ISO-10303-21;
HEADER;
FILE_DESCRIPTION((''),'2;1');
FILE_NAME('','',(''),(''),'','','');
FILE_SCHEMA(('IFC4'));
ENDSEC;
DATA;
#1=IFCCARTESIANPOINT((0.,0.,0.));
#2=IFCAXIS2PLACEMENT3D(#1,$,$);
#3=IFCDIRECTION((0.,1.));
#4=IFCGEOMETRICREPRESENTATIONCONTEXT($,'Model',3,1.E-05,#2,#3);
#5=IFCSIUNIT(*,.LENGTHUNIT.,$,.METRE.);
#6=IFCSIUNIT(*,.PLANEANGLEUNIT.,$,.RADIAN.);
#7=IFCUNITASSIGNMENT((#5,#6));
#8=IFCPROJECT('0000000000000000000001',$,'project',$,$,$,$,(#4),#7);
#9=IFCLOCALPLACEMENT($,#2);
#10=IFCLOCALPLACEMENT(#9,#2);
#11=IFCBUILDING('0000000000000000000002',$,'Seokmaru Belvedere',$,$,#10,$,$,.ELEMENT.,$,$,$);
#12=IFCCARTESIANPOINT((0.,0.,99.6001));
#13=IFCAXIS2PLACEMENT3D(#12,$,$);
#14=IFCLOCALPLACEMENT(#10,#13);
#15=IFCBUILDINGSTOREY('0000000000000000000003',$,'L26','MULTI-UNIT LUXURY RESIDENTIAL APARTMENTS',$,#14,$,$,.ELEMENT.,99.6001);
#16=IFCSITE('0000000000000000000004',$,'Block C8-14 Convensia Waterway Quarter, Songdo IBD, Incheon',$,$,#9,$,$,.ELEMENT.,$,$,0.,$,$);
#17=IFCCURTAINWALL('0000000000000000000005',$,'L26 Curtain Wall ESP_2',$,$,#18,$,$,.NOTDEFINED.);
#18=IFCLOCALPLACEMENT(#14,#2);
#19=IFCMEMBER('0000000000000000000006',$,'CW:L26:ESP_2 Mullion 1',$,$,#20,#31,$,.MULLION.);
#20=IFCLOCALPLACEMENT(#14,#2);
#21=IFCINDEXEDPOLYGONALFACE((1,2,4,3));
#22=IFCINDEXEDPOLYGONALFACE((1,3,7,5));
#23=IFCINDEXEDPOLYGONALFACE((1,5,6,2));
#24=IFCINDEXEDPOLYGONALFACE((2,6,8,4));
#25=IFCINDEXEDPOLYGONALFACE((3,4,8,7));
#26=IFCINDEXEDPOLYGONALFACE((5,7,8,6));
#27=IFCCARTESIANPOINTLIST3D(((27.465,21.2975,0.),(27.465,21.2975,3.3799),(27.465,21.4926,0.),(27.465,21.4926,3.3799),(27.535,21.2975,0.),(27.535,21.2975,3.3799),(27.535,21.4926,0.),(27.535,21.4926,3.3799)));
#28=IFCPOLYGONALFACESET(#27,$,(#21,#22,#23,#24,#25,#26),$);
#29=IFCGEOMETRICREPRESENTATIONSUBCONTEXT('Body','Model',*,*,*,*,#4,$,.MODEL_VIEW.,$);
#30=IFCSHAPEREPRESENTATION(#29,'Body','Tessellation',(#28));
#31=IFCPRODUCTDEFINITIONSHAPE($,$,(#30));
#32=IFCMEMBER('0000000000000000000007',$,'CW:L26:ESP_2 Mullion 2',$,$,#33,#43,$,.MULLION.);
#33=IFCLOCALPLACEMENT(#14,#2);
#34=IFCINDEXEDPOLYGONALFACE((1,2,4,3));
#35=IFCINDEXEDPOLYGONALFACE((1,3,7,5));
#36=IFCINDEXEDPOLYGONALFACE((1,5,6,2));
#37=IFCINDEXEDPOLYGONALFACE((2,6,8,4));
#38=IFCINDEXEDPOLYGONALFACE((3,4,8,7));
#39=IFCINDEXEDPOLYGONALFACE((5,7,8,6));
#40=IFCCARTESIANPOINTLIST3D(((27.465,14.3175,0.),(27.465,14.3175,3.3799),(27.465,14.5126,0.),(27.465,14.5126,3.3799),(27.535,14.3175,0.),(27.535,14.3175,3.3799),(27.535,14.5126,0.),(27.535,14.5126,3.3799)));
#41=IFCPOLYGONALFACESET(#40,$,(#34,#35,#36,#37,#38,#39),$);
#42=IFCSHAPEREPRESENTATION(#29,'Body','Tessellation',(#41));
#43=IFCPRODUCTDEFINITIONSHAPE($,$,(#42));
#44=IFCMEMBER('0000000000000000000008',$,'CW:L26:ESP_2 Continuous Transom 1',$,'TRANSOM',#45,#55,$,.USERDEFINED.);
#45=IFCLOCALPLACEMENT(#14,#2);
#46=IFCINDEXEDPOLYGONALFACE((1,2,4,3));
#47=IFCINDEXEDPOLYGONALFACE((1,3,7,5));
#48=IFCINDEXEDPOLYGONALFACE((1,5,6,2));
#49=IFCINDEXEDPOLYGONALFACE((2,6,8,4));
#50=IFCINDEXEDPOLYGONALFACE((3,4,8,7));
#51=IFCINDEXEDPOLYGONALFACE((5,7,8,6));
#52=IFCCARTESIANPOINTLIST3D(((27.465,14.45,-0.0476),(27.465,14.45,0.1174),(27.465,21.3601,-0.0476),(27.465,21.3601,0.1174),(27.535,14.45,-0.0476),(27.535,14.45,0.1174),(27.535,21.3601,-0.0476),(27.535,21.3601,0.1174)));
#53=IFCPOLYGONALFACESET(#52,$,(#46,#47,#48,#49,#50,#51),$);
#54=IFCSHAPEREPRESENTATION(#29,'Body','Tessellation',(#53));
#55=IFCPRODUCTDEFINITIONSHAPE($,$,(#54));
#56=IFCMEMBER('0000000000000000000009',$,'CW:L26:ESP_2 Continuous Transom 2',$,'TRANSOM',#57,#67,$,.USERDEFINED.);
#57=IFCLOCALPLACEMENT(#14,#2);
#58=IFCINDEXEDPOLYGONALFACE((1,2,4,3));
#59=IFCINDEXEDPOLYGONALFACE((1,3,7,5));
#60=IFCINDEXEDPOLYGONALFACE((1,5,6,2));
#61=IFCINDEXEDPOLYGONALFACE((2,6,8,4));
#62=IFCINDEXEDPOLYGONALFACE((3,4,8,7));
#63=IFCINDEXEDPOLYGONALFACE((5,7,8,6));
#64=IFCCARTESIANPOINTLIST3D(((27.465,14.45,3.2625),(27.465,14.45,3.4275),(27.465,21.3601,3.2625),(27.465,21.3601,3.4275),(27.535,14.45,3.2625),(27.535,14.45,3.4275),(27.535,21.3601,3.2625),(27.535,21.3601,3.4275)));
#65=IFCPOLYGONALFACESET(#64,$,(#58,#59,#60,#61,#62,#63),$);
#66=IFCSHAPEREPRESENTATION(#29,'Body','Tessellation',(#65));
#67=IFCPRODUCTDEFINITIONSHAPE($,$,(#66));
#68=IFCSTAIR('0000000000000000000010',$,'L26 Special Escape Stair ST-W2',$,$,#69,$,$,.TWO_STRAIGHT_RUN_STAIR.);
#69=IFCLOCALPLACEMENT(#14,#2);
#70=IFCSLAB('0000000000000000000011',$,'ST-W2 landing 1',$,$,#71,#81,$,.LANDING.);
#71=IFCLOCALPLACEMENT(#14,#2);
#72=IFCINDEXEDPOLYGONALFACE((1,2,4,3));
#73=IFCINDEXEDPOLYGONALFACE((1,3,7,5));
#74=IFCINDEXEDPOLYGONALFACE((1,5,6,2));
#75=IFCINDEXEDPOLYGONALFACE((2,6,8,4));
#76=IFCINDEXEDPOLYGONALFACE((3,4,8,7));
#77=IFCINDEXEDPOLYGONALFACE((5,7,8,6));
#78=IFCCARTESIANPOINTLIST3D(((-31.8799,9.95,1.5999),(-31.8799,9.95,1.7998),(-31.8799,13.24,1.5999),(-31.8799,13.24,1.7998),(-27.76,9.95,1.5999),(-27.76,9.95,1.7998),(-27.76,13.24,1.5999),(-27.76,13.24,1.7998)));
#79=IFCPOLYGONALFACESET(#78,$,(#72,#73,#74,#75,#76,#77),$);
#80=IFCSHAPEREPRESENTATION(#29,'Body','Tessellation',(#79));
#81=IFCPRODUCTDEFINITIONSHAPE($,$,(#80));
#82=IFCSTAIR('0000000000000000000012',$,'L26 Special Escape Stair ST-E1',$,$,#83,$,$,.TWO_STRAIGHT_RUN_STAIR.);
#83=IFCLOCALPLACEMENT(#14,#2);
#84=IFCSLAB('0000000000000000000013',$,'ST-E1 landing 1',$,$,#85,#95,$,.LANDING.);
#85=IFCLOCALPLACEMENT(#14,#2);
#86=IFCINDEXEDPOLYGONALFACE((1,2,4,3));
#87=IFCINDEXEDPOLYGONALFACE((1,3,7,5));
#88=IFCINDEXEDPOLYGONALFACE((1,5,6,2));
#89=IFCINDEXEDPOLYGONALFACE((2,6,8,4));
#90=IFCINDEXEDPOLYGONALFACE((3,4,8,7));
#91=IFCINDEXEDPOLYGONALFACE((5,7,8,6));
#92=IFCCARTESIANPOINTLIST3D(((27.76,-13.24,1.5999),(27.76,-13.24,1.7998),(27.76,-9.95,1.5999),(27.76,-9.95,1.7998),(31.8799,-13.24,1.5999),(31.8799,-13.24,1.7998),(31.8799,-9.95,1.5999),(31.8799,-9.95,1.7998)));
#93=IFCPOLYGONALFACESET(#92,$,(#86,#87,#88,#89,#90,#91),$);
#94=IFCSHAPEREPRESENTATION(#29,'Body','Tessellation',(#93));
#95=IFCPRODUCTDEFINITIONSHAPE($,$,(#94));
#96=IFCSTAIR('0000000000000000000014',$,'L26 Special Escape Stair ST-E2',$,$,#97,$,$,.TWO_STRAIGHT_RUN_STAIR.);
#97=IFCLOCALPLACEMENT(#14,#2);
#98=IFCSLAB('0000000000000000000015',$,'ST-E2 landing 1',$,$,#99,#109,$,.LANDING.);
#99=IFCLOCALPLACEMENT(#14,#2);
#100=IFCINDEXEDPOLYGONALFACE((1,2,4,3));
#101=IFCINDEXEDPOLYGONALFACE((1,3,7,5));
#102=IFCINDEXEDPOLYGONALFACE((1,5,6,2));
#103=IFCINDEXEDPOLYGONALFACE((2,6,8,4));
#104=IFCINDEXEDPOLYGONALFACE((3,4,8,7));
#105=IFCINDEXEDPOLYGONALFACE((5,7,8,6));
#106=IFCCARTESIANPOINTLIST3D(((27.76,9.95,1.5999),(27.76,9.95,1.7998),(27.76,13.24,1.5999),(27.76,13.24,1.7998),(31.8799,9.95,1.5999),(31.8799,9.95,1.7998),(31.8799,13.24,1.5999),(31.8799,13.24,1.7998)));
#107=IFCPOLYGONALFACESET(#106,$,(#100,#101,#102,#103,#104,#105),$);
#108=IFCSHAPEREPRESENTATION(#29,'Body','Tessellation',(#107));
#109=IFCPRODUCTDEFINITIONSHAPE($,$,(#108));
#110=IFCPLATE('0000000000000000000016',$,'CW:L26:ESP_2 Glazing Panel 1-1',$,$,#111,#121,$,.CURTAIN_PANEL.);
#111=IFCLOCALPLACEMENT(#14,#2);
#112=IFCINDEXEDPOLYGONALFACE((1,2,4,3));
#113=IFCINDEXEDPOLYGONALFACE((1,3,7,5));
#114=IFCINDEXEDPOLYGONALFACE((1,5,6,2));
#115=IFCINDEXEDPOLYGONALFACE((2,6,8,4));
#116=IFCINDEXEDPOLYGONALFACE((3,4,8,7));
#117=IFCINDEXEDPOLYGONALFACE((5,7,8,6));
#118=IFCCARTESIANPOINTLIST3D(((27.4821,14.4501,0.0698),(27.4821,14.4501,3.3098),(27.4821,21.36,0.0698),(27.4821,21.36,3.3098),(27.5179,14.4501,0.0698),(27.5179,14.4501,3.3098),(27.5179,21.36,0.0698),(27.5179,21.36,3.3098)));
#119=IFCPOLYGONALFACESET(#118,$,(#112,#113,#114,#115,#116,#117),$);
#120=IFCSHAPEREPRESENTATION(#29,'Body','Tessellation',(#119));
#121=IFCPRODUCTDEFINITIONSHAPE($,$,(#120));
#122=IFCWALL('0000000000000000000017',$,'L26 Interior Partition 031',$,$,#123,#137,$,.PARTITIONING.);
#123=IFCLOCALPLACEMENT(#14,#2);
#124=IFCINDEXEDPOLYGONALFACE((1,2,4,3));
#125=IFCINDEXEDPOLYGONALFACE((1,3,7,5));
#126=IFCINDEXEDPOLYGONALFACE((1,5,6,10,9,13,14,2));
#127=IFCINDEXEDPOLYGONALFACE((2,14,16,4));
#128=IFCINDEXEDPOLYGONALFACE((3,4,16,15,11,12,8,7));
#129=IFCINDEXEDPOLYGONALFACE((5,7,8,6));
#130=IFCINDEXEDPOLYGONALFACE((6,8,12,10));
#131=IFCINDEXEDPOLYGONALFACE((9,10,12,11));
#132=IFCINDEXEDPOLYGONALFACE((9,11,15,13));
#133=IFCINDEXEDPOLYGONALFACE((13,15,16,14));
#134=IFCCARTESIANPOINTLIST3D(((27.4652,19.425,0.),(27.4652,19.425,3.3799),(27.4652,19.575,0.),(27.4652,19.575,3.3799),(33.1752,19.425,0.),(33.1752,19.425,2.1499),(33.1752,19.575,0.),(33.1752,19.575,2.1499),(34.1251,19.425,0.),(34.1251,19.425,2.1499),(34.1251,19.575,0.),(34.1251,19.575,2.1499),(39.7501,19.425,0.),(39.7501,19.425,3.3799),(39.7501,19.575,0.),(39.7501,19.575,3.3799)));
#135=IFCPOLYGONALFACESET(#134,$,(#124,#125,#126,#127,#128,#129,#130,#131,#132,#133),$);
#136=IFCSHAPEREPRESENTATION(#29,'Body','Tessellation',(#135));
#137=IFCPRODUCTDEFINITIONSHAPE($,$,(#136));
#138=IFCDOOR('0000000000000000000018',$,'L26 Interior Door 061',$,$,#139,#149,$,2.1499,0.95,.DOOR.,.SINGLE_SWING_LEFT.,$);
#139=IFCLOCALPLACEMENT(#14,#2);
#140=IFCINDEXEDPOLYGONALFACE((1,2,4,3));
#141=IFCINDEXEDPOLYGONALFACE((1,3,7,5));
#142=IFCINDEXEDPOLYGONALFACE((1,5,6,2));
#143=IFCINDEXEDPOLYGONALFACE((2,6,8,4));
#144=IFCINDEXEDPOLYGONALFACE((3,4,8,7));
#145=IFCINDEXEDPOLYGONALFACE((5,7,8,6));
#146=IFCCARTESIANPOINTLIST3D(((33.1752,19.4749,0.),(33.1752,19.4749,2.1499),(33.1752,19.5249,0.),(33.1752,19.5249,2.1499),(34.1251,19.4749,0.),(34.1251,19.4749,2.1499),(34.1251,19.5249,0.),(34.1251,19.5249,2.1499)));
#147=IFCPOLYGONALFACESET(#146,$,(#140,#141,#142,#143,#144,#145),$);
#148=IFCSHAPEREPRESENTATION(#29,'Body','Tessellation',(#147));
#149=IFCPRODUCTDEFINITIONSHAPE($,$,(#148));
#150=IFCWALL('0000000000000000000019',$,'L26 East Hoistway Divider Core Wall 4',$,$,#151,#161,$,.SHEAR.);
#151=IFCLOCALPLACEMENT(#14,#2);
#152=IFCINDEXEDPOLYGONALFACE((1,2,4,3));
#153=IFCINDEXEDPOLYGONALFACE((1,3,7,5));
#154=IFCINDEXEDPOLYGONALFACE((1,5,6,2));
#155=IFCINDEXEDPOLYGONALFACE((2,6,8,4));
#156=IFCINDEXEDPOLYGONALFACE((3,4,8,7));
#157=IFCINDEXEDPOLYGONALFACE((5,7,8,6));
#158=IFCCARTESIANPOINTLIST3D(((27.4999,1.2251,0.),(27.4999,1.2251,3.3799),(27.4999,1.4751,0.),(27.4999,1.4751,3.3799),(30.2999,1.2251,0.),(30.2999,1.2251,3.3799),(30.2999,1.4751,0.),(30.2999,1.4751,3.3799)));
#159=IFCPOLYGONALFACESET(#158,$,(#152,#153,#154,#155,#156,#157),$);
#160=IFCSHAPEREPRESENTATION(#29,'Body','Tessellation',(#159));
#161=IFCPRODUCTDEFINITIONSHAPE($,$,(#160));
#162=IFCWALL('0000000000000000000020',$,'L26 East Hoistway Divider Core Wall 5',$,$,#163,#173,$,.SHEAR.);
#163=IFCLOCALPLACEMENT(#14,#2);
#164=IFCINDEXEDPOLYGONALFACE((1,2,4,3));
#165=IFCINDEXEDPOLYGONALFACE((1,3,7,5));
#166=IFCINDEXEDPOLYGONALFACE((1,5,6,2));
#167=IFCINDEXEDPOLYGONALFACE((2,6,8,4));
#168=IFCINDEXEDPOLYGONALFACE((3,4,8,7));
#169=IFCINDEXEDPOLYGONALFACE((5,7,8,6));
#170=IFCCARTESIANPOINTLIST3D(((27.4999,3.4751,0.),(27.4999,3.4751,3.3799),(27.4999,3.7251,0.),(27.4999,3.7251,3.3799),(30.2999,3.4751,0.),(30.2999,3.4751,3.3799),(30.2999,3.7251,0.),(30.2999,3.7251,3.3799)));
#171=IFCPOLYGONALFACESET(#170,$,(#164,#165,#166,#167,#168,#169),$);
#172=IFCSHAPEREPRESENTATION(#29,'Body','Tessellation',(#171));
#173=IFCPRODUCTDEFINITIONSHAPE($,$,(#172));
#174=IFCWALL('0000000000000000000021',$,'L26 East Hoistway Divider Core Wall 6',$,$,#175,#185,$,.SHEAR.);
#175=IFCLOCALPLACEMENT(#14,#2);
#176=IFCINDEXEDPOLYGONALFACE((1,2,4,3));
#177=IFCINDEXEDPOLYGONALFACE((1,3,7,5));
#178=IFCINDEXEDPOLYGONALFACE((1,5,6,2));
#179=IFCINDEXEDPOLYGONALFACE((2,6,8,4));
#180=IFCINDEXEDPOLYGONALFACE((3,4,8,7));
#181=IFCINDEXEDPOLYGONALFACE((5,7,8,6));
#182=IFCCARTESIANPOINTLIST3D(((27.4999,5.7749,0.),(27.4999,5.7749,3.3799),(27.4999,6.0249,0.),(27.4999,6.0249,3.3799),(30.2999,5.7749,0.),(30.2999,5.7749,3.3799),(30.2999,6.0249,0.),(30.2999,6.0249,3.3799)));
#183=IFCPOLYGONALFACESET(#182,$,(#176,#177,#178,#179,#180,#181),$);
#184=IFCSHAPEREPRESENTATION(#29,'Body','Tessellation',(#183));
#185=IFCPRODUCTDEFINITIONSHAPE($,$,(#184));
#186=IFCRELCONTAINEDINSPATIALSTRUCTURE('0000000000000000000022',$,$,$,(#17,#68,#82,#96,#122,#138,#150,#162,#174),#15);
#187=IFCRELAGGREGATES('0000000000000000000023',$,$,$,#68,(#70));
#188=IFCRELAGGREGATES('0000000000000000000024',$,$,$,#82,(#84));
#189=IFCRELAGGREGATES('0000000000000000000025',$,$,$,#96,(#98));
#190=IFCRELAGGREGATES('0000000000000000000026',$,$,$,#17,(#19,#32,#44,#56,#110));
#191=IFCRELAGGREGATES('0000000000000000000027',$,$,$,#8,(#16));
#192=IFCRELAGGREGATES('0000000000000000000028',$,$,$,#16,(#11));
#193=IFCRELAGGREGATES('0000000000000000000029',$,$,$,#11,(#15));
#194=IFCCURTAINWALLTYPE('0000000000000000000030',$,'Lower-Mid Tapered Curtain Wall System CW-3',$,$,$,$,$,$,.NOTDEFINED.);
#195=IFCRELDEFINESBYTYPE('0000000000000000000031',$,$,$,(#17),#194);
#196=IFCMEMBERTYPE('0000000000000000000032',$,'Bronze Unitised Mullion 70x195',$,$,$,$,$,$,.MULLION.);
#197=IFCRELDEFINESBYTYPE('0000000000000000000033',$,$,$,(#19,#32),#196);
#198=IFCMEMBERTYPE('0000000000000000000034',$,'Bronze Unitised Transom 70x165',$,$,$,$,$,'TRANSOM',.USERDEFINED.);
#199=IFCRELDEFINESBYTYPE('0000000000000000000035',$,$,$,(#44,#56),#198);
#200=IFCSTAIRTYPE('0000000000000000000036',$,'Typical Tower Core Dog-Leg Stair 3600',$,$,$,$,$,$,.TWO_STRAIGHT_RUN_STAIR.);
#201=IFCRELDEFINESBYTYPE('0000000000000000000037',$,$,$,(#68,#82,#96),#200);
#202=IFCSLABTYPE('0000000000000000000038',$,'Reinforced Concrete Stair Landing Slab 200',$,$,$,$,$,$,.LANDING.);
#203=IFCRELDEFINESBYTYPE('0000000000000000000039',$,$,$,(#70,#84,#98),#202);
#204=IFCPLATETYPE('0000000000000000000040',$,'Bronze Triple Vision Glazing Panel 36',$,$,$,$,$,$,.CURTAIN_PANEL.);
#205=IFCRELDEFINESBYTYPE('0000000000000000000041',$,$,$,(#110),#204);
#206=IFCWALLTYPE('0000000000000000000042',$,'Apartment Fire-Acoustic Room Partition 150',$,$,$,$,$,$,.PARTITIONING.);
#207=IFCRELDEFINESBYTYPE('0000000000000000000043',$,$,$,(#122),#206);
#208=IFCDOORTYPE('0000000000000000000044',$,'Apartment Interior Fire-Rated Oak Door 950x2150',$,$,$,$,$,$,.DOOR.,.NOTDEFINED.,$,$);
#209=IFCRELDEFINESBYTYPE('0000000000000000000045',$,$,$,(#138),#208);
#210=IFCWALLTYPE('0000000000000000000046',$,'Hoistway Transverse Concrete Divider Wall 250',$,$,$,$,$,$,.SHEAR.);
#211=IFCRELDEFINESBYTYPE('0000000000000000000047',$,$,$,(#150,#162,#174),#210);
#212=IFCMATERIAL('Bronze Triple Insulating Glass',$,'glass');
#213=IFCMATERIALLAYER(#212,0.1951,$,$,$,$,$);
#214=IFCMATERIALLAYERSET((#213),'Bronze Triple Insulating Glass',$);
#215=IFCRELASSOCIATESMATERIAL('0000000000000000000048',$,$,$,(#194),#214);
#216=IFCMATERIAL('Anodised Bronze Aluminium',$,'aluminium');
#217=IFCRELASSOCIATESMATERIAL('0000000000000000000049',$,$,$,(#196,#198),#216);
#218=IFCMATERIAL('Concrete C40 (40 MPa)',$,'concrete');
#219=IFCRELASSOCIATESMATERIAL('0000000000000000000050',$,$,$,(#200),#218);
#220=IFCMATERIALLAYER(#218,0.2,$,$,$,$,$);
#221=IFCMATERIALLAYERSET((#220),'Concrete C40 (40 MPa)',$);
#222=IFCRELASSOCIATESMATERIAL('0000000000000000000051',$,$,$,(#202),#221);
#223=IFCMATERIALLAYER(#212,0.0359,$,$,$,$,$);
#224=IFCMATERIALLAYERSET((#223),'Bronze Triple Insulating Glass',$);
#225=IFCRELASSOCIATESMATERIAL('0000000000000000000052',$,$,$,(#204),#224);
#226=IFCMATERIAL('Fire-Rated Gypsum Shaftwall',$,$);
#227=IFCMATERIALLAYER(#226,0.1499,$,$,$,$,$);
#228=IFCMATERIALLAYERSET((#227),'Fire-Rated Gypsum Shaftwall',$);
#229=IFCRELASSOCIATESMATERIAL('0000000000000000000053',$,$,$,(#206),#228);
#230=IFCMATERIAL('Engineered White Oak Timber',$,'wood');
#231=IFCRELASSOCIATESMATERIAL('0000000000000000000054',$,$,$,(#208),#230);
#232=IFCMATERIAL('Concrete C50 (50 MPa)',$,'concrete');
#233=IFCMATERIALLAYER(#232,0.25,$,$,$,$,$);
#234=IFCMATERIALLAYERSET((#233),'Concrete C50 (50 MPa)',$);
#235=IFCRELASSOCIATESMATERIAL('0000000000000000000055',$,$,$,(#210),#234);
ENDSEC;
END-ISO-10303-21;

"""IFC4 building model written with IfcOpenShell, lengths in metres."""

from ifc_helpers import new_model, si_unit, direction, frame, frame_2d, origin, origin_2d, place, context, subcontext, project, spatial, polyline, rectangle, outline, extrude, source, transform, mapped, material, layer, layer_set, material_profile, profile_set, type_object, type_shapes, element, fill, aggregate, save


model = new_model("IFC4")

# Units and contexts
model_context = context("Model", 3, precision=1e-05, world=origin(), true_north=direction((0.0, 1.0)))
body_context = subcontext(model_context, "Body", "Model", "MODEL_VIEW")
ifc_project = project(units=[si_unit("LENGTHUNIT", "METRE"), si_unit("PLANEANGLEUNIT", "RADIAN")], contexts=[model_context])

# Site, building, storey
site_placement = place(None, origin())
site = spatial("IfcSite", under=ifc_project, at=site_placement, Name="Block C8-14 Convensia Waterway Quarter, Songdo IBD, Incheon", CompositionType="ELEMENT", RefElevation=0.0)
building_placement = place(site_placement, origin())
building = spatial("IfcBuilding", under=site, at=building_placement, Name="Seokmaru Belvedere", CompositionType="ELEMENT")
storey_placement = place(building_placement, frame((0.0, 0.0, 99.6001)))
storey = spatial("IfcBuildingStorey", under=building, at=storey_placement, Name="L26", Description="MULTI-UNIT LUXURY RESIDENTIAL APARTMENTS", CompositionType="ELEMENT", Elevation=99.6001)

# Curtain wall, members
ifc_material_1 = material(Name="Bronze Triple Insulating Glass", Category="glass")
ifc_layer_1 = layer(ifc_material_1, 0.1951)
ifc_layer_set_1 = layer_set([ifc_layer_1], Name="Bronze Triple Insulating Glass")
curtain_wall_type = type_object("IfcCurtainWallType", Name="Lower-Mid Tapered Curtain Wall System CW-3", PredefinedType="NOTDEFINED", material=ifc_layer_set_1)
curtain_wall_placement = place(storey_placement, origin())
curtain_wall = element("IfcCurtainWall", 1, at=curtain_wall_placement, inside=storey, type_object=curtain_wall_type, Name="L26 Curtain Wall ESP_2", PredefinedType="NOTDEFINED")
ifc_material_2 = material(Name="Anodised Bronze Aluminium", Category="aluminium")
ifc_material_profile_1 = material_profile(ifc_material_2, rectangle(XDim=0.0701, YDim=0.1951, at=origin_2d()), Name="CW-M-70x195")
ifc_profile_set_1 = profile_set([ifc_material_profile_1], Name="Anodised Bronze Aluminium")
member_type_1 = type_object("IfcMemberType", Name="Bronze Unitised Mullion 70x195", PredefinedType="MULLION", material=ifc_profile_set_1)
shared_shape_1 = source(origin(), body_context, "Body", "SweptSolid", [
    extrude(rectangle(XDim=0.0701, YDim=0.1951, at=origin_2d()), origin(), (0.0, 0.0, 1.0), 3.3799),
])
type_shapes(member_type_1, [shared_shape_1])
member_1_placement = place(storey_placement, frame((27.5, 21.395, 0.0), z_axis=(0.0, 0.0, 1.0), x_axis=(1.0, 0.0, 0.0)))
member_1 = element("IfcMember", 2, at=member_1_placement, type_object=member_type_1, Name="CW:L26:ESP_2 Mullion 1", PredefinedType="MULLION", context=body_context, shape_type="MappedRepresentation", body=[
    mapped(shared_shape_1, transform((0.0, 0.0, 0.0), scale=1.0)),
])
member_2_placement = place(storey_placement, frame((27.5, 14.415, 0.0), z_axis=(0.0, 0.0, 1.0), x_axis=(1.0, 0.0, 0.0)))
member_2 = element("IfcMember", 3, at=member_2_placement, type_object=member_type_1, Name="CW:L26:ESP_2 Mullion 2", PredefinedType="MULLION", context=body_context, shape_type="MappedRepresentation", body=[
    mapped(shared_shape_1, transform((0.0, 0.0, 0.0), scale=1.0)),
])
ifc_material_profile_2 = material_profile(ifc_material_2, rectangle(XDim=0.0701, YDim=0.165, at=origin_2d()), Name="CW-T-70x165")
ifc_profile_set_2 = profile_set([ifc_material_profile_2], Name="Anodised Bronze Aluminium")
member_type_2 = type_object("IfcMemberType", Name="Bronze Unitised Transom 70x165", ElementType="TRANSOM", PredefinedType="USERDEFINED", material=ifc_profile_set_2)
shared_shape_2 = source(origin(), body_context, "Body", "SweptSolid", [
    extrude(rectangle(XDim=0.0701, YDim=0.165, at=origin_2d()), origin(), (0.0, 0.0, 1.0), 6.9102),
])
type_shapes(member_type_2, [shared_shape_2])
member_3_placement = place(storey_placement, frame((27.5, 21.3601, 0.0349), z_axis=(0.0, -1.0, 0.0), x_axis=(1.0, 0.0, 0.0)))
member_3 = element("IfcMember", 4, at=member_3_placement, type_object=member_type_2, Name="CW:L26:ESP_2 Continuous Transom 1", ObjectType="TRANSOM", PredefinedType="USERDEFINED", context=body_context, shape_type="MappedRepresentation", body=[
    mapped(shared_shape_2, transform((0.0, 0.0, 0.0), scale=1.0)),
])
member_4_placement = place(storey_placement, frame((27.5, 21.3601, 3.345), z_axis=(0.0, -1.0, 0.0), x_axis=(1.0, 0.0, 0.0)))
member_4 = element("IfcMember", 5, at=member_4_placement, type_object=member_type_2, Name="CW:L26:ESP_2 Continuous Transom 2", ObjectType="TRANSOM", PredefinedType="USERDEFINED", context=body_context, shape_type="MappedRepresentation", body=[
    mapped(shared_shape_2, transform((0.0, 0.0, 0.0), scale=1.0)),
])

# Stairs, slabs
ifc_material_3 = material(Name="Concrete C40 (40 MPa)", Category="concrete")
stair_type = type_object("IfcStairType", Name="Typical Tower Core Dog-Leg Stair 3600", PredefinedType="TWO_STRAIGHT_RUN_STAIR", material=ifc_material_3)
stair_1_placement = place(storey_placement, origin())
stair_1 = element("IfcStair", 6, at=stair_1_placement, inside=storey, type_object=stair_type, Name="L26 Special Escape Stair ST-W2", PredefinedType="TWO_STRAIGHT_RUN_STAIR")
ifc_layer_2 = layer(ifc_material_3, 0.2)
ifc_layer_set_2 = layer_set([ifc_layer_2], Name="Concrete C40 (40 MPa)")
slab_type = type_object("IfcSlabType", Name="Reinforced Concrete Stair Landing Slab 200", PredefinedType="LANDING", material=ifc_layer_set_2)
slab_1_placement = place(storey_placement, frame((0.0, 0.0, 1.5999)))
slab_1 = element("IfcSlab", 7, at=slab_1_placement, type_object=slab_type, Name="ST-W2 landing 1", PredefinedType="LANDING", context=body_context, shape_type="SweptSolid", body=[
    extrude(outline(polyline([(-31.8799, 9.95), (-27.76, 9.95), (-27.76, 13.24), (-31.8799, 13.24), (-31.8799, 9.95)])), origin(), (0.0, 0.0, 1.0), 0.2),
])
aggregate(stair_1, [slab_1])
stair_2_placement = place(storey_placement, origin())
stair_2 = element("IfcStair", 8, at=stair_2_placement, inside=storey, type_object=stair_type, Name="L26 Special Escape Stair ST-E1", PredefinedType="TWO_STRAIGHT_RUN_STAIR")
slab_2_placement = place(storey_placement, frame((0.0, 0.0, 1.5999)))
slab_2 = element("IfcSlab", 9, at=slab_2_placement, type_object=slab_type, Name="ST-E1 landing 1", PredefinedType="LANDING", context=body_context, shape_type="SweptSolid", body=[
    extrude(outline(polyline([(27.76, -13.24), (31.8799, -13.24), (31.8799, -9.95), (27.76, -9.95), (27.76, -13.24)])), origin(), (0.0, 0.0, 1.0), 0.2),
])
aggregate(stair_2, [slab_2])
stair_3_placement = place(storey_placement, origin())
stair_3 = element("IfcStair", 10, at=stair_3_placement, inside=storey, type_object=stair_type, Name="L26 Special Escape Stair ST-E2", PredefinedType="TWO_STRAIGHT_RUN_STAIR")
slab_3_placement = place(storey_placement, frame((0.0, 0.0, 1.5999)))
slab_3 = element("IfcSlab", 11, at=slab_3_placement, type_object=slab_type, Name="ST-E2 landing 1", PredefinedType="LANDING", context=body_context, shape_type="SweptSolid", body=[
    extrude(outline(polyline([(27.76, 9.95), (31.8799, 9.95), (31.8799, 13.24), (27.76, 13.24), (27.76, 9.95)])), origin(), (0.0, 0.0, 1.0), 0.2),
])
aggregate(stair_3, [slab_3])

# Plate
ifc_layer_3 = layer(ifc_material_1, 0.0359)
ifc_layer_set_3 = layer_set([ifc_layer_3], Name="Bronze Triple Insulating Glass")
plate_type = type_object("IfcPlateType", Name="Bronze Triple Vision Glazing Panel 36", PredefinedType="CURTAIN_PANEL", material=ifc_layer_set_3)
shared_shape_3 = source(origin(), body_context, "Body", "SweptSolid", [
    extrude(rectangle(XDim=6.9099, YDim=0.0359, at=origin_2d()), origin(), (0.0, 0.0, 1.0), 3.24),
])
type_shapes(plate_type, [shared_shape_3])
plate_placement = place(storey_placement, frame((27.5, 17.905, 0.0698), z_axis=(0.0, 0.0, 1.0), x_axis=(0.0, -1.0, 0.0)))
plate = element("IfcPlate", 12, at=plate_placement, type_object=plate_type, Name="CW:L26:ESP_2 Glazing Panel 1-1", PredefinedType="CURTAIN_PANEL", context=body_context, shape_type="MappedRepresentation", body=[
    mapped(shared_shape_3, transform((0.0, 0.0, 0.0), scale=1.0)),
])
aggregate(curtain_wall, [member_1, member_2, member_3, member_4, plate])

# Wall, opening, door
ifc_material_4 = material(Name="Fire-Rated Gypsum Shaftwall")
ifc_layer_4 = layer(ifc_material_4, 0.1499)
ifc_layer_set_4 = layer_set([ifc_layer_4], Name="Fire-Rated Gypsum Shaftwall")
wall_type_1 = type_object("IfcWallType", Name="Apartment Fire-Acoustic Room Partition 150", PredefinedType="PARTITIONING", material=ifc_layer_set_4)
wall_1_placement = place(storey_placement, frame((27.4651, 19.5, 0.0), z_axis=(0.0, 0.0, 1.0), x_axis=(1.0, 0.0, 0.0)))
wall_1 = element("IfcWall", 13, at=wall_1_placement, inside=storey, type_object=wall_type_1, Name="L26 Interior Partition 031", PredefinedType="PARTITIONING", context=body_context, shape_type="SweptSolid", body=[
    extrude(rectangle(XDim=12.2849, YDim=0.1499, at=frame_2d((6.1426, 0.0))), origin(), (0.0, 0.0, 1.0), 3.3799),
])
opening_1_placement = place(wall_1_placement, frame((5.71, 0.0, 0.0)))
opening_1 = element("IfcOpeningElement", 14, at=opening_1_placement, cuts=wall_1, PredefinedType="OPENING", context=body_context, shape_type="SweptSolid", body=[
    extrude(rectangle(XDim=0.95, YDim=2.1499, at=frame_2d((0.4751, 1.075))), frame((0.0, 0.085, 0.0), z_axis=(0.0, -1.0, 0.0), x_axis=(1.0, 0.0, 0.0)), (0.0, 0.0, 1.0), 0.1699),
])
ifc_material_5 = material(Name="Engineered White Oak Timber", Category="wood")
door_type_1 = type_object("IfcDoorType", Name="Apartment Interior Fire-Rated Oak Door 950x2150", OperationType="NOTDEFINED", PredefinedType="DOOR", material=ifc_material_5)
shared_shape_4 = source(origin(), body_context, "Body", "SweptSolid", [
    extrude(rectangle(XDim=0.95, YDim=2.1499, at=frame_2d((0.4751, 1.075))), frame((0.0, 0.0249, 0.0), z_axis=(0.0, -1.0, 0.0), x_axis=(1.0, 0.0, 0.0)), (0.0, 0.0, 1.0), 0.05),
])
type_shapes(door_type_1, [shared_shape_4])
door_1_placement = place(opening_1_placement, origin())
door_1 = element("IfcDoor", 15, at=door_1_placement, inside=storey, type_object=door_type_1, Name="L26 Interior Door 061", OperationType="SINGLE_SWING_LEFT", OverallHeight=2.1499, OverallWidth=0.95, PredefinedType="DOOR", context=body_context, shape_type="MappedRepresentation", body=[
    mapped(shared_shape_4, transform((0.0, 0.0, 0.0), scale=1.0)),
])
fill(opening_1, door_1)

# Walls
ifc_material_6 = material(Name="Concrete C50 (50 MPa)", Category="concrete")
ifc_layer_5 = layer(ifc_material_6, 0.25)
ifc_layer_set_5 = layer_set([ifc_layer_5], Name="Concrete C50 (50 MPa)")
wall_type_2 = type_object("IfcWallType", Name="Hoistway Transverse Concrete Divider Wall 250", PredefinedType="SHEAR", material=ifc_layer_set_5)
for number, where, z_axis, x_axis, name in (
    (16, (27.5, 1.3501, 0.0), (0.0, 0.0, 1.0), (1.0, 0.0, 0.0), "L26 East Hoistway Divider Core Wall 4"),
    (17, (27.5, 3.6001, 0.0), (0.0, 0.0, 1.0), (1.0, 0.0, 0.0), "L26 East Hoistway Divider Core Wall 5"),
    (18, (27.5, 5.8999, 0.0), (0.0, 0.0, 1.0), (1.0, 0.0, 0.0), "L26 East Hoistway Divider Core Wall 6"),
):
    element("IfcWall", number, at=place(storey_placement, frame(where, z_axis=z_axis, x_axis=x_axis)), inside=storey, type_object=wall_type_2, Name=name, PredefinedType="SHEAR", context=body_context, shape_type="SweptSolid", body=[
        extrude(rectangle(XDim=2.8, YDim=0.25, at=frame_2d((1.3999, 0.0))), origin(), (0.0, 0.0, 1.0), 3.3799),
    ])

save(model, "model.ifc")
